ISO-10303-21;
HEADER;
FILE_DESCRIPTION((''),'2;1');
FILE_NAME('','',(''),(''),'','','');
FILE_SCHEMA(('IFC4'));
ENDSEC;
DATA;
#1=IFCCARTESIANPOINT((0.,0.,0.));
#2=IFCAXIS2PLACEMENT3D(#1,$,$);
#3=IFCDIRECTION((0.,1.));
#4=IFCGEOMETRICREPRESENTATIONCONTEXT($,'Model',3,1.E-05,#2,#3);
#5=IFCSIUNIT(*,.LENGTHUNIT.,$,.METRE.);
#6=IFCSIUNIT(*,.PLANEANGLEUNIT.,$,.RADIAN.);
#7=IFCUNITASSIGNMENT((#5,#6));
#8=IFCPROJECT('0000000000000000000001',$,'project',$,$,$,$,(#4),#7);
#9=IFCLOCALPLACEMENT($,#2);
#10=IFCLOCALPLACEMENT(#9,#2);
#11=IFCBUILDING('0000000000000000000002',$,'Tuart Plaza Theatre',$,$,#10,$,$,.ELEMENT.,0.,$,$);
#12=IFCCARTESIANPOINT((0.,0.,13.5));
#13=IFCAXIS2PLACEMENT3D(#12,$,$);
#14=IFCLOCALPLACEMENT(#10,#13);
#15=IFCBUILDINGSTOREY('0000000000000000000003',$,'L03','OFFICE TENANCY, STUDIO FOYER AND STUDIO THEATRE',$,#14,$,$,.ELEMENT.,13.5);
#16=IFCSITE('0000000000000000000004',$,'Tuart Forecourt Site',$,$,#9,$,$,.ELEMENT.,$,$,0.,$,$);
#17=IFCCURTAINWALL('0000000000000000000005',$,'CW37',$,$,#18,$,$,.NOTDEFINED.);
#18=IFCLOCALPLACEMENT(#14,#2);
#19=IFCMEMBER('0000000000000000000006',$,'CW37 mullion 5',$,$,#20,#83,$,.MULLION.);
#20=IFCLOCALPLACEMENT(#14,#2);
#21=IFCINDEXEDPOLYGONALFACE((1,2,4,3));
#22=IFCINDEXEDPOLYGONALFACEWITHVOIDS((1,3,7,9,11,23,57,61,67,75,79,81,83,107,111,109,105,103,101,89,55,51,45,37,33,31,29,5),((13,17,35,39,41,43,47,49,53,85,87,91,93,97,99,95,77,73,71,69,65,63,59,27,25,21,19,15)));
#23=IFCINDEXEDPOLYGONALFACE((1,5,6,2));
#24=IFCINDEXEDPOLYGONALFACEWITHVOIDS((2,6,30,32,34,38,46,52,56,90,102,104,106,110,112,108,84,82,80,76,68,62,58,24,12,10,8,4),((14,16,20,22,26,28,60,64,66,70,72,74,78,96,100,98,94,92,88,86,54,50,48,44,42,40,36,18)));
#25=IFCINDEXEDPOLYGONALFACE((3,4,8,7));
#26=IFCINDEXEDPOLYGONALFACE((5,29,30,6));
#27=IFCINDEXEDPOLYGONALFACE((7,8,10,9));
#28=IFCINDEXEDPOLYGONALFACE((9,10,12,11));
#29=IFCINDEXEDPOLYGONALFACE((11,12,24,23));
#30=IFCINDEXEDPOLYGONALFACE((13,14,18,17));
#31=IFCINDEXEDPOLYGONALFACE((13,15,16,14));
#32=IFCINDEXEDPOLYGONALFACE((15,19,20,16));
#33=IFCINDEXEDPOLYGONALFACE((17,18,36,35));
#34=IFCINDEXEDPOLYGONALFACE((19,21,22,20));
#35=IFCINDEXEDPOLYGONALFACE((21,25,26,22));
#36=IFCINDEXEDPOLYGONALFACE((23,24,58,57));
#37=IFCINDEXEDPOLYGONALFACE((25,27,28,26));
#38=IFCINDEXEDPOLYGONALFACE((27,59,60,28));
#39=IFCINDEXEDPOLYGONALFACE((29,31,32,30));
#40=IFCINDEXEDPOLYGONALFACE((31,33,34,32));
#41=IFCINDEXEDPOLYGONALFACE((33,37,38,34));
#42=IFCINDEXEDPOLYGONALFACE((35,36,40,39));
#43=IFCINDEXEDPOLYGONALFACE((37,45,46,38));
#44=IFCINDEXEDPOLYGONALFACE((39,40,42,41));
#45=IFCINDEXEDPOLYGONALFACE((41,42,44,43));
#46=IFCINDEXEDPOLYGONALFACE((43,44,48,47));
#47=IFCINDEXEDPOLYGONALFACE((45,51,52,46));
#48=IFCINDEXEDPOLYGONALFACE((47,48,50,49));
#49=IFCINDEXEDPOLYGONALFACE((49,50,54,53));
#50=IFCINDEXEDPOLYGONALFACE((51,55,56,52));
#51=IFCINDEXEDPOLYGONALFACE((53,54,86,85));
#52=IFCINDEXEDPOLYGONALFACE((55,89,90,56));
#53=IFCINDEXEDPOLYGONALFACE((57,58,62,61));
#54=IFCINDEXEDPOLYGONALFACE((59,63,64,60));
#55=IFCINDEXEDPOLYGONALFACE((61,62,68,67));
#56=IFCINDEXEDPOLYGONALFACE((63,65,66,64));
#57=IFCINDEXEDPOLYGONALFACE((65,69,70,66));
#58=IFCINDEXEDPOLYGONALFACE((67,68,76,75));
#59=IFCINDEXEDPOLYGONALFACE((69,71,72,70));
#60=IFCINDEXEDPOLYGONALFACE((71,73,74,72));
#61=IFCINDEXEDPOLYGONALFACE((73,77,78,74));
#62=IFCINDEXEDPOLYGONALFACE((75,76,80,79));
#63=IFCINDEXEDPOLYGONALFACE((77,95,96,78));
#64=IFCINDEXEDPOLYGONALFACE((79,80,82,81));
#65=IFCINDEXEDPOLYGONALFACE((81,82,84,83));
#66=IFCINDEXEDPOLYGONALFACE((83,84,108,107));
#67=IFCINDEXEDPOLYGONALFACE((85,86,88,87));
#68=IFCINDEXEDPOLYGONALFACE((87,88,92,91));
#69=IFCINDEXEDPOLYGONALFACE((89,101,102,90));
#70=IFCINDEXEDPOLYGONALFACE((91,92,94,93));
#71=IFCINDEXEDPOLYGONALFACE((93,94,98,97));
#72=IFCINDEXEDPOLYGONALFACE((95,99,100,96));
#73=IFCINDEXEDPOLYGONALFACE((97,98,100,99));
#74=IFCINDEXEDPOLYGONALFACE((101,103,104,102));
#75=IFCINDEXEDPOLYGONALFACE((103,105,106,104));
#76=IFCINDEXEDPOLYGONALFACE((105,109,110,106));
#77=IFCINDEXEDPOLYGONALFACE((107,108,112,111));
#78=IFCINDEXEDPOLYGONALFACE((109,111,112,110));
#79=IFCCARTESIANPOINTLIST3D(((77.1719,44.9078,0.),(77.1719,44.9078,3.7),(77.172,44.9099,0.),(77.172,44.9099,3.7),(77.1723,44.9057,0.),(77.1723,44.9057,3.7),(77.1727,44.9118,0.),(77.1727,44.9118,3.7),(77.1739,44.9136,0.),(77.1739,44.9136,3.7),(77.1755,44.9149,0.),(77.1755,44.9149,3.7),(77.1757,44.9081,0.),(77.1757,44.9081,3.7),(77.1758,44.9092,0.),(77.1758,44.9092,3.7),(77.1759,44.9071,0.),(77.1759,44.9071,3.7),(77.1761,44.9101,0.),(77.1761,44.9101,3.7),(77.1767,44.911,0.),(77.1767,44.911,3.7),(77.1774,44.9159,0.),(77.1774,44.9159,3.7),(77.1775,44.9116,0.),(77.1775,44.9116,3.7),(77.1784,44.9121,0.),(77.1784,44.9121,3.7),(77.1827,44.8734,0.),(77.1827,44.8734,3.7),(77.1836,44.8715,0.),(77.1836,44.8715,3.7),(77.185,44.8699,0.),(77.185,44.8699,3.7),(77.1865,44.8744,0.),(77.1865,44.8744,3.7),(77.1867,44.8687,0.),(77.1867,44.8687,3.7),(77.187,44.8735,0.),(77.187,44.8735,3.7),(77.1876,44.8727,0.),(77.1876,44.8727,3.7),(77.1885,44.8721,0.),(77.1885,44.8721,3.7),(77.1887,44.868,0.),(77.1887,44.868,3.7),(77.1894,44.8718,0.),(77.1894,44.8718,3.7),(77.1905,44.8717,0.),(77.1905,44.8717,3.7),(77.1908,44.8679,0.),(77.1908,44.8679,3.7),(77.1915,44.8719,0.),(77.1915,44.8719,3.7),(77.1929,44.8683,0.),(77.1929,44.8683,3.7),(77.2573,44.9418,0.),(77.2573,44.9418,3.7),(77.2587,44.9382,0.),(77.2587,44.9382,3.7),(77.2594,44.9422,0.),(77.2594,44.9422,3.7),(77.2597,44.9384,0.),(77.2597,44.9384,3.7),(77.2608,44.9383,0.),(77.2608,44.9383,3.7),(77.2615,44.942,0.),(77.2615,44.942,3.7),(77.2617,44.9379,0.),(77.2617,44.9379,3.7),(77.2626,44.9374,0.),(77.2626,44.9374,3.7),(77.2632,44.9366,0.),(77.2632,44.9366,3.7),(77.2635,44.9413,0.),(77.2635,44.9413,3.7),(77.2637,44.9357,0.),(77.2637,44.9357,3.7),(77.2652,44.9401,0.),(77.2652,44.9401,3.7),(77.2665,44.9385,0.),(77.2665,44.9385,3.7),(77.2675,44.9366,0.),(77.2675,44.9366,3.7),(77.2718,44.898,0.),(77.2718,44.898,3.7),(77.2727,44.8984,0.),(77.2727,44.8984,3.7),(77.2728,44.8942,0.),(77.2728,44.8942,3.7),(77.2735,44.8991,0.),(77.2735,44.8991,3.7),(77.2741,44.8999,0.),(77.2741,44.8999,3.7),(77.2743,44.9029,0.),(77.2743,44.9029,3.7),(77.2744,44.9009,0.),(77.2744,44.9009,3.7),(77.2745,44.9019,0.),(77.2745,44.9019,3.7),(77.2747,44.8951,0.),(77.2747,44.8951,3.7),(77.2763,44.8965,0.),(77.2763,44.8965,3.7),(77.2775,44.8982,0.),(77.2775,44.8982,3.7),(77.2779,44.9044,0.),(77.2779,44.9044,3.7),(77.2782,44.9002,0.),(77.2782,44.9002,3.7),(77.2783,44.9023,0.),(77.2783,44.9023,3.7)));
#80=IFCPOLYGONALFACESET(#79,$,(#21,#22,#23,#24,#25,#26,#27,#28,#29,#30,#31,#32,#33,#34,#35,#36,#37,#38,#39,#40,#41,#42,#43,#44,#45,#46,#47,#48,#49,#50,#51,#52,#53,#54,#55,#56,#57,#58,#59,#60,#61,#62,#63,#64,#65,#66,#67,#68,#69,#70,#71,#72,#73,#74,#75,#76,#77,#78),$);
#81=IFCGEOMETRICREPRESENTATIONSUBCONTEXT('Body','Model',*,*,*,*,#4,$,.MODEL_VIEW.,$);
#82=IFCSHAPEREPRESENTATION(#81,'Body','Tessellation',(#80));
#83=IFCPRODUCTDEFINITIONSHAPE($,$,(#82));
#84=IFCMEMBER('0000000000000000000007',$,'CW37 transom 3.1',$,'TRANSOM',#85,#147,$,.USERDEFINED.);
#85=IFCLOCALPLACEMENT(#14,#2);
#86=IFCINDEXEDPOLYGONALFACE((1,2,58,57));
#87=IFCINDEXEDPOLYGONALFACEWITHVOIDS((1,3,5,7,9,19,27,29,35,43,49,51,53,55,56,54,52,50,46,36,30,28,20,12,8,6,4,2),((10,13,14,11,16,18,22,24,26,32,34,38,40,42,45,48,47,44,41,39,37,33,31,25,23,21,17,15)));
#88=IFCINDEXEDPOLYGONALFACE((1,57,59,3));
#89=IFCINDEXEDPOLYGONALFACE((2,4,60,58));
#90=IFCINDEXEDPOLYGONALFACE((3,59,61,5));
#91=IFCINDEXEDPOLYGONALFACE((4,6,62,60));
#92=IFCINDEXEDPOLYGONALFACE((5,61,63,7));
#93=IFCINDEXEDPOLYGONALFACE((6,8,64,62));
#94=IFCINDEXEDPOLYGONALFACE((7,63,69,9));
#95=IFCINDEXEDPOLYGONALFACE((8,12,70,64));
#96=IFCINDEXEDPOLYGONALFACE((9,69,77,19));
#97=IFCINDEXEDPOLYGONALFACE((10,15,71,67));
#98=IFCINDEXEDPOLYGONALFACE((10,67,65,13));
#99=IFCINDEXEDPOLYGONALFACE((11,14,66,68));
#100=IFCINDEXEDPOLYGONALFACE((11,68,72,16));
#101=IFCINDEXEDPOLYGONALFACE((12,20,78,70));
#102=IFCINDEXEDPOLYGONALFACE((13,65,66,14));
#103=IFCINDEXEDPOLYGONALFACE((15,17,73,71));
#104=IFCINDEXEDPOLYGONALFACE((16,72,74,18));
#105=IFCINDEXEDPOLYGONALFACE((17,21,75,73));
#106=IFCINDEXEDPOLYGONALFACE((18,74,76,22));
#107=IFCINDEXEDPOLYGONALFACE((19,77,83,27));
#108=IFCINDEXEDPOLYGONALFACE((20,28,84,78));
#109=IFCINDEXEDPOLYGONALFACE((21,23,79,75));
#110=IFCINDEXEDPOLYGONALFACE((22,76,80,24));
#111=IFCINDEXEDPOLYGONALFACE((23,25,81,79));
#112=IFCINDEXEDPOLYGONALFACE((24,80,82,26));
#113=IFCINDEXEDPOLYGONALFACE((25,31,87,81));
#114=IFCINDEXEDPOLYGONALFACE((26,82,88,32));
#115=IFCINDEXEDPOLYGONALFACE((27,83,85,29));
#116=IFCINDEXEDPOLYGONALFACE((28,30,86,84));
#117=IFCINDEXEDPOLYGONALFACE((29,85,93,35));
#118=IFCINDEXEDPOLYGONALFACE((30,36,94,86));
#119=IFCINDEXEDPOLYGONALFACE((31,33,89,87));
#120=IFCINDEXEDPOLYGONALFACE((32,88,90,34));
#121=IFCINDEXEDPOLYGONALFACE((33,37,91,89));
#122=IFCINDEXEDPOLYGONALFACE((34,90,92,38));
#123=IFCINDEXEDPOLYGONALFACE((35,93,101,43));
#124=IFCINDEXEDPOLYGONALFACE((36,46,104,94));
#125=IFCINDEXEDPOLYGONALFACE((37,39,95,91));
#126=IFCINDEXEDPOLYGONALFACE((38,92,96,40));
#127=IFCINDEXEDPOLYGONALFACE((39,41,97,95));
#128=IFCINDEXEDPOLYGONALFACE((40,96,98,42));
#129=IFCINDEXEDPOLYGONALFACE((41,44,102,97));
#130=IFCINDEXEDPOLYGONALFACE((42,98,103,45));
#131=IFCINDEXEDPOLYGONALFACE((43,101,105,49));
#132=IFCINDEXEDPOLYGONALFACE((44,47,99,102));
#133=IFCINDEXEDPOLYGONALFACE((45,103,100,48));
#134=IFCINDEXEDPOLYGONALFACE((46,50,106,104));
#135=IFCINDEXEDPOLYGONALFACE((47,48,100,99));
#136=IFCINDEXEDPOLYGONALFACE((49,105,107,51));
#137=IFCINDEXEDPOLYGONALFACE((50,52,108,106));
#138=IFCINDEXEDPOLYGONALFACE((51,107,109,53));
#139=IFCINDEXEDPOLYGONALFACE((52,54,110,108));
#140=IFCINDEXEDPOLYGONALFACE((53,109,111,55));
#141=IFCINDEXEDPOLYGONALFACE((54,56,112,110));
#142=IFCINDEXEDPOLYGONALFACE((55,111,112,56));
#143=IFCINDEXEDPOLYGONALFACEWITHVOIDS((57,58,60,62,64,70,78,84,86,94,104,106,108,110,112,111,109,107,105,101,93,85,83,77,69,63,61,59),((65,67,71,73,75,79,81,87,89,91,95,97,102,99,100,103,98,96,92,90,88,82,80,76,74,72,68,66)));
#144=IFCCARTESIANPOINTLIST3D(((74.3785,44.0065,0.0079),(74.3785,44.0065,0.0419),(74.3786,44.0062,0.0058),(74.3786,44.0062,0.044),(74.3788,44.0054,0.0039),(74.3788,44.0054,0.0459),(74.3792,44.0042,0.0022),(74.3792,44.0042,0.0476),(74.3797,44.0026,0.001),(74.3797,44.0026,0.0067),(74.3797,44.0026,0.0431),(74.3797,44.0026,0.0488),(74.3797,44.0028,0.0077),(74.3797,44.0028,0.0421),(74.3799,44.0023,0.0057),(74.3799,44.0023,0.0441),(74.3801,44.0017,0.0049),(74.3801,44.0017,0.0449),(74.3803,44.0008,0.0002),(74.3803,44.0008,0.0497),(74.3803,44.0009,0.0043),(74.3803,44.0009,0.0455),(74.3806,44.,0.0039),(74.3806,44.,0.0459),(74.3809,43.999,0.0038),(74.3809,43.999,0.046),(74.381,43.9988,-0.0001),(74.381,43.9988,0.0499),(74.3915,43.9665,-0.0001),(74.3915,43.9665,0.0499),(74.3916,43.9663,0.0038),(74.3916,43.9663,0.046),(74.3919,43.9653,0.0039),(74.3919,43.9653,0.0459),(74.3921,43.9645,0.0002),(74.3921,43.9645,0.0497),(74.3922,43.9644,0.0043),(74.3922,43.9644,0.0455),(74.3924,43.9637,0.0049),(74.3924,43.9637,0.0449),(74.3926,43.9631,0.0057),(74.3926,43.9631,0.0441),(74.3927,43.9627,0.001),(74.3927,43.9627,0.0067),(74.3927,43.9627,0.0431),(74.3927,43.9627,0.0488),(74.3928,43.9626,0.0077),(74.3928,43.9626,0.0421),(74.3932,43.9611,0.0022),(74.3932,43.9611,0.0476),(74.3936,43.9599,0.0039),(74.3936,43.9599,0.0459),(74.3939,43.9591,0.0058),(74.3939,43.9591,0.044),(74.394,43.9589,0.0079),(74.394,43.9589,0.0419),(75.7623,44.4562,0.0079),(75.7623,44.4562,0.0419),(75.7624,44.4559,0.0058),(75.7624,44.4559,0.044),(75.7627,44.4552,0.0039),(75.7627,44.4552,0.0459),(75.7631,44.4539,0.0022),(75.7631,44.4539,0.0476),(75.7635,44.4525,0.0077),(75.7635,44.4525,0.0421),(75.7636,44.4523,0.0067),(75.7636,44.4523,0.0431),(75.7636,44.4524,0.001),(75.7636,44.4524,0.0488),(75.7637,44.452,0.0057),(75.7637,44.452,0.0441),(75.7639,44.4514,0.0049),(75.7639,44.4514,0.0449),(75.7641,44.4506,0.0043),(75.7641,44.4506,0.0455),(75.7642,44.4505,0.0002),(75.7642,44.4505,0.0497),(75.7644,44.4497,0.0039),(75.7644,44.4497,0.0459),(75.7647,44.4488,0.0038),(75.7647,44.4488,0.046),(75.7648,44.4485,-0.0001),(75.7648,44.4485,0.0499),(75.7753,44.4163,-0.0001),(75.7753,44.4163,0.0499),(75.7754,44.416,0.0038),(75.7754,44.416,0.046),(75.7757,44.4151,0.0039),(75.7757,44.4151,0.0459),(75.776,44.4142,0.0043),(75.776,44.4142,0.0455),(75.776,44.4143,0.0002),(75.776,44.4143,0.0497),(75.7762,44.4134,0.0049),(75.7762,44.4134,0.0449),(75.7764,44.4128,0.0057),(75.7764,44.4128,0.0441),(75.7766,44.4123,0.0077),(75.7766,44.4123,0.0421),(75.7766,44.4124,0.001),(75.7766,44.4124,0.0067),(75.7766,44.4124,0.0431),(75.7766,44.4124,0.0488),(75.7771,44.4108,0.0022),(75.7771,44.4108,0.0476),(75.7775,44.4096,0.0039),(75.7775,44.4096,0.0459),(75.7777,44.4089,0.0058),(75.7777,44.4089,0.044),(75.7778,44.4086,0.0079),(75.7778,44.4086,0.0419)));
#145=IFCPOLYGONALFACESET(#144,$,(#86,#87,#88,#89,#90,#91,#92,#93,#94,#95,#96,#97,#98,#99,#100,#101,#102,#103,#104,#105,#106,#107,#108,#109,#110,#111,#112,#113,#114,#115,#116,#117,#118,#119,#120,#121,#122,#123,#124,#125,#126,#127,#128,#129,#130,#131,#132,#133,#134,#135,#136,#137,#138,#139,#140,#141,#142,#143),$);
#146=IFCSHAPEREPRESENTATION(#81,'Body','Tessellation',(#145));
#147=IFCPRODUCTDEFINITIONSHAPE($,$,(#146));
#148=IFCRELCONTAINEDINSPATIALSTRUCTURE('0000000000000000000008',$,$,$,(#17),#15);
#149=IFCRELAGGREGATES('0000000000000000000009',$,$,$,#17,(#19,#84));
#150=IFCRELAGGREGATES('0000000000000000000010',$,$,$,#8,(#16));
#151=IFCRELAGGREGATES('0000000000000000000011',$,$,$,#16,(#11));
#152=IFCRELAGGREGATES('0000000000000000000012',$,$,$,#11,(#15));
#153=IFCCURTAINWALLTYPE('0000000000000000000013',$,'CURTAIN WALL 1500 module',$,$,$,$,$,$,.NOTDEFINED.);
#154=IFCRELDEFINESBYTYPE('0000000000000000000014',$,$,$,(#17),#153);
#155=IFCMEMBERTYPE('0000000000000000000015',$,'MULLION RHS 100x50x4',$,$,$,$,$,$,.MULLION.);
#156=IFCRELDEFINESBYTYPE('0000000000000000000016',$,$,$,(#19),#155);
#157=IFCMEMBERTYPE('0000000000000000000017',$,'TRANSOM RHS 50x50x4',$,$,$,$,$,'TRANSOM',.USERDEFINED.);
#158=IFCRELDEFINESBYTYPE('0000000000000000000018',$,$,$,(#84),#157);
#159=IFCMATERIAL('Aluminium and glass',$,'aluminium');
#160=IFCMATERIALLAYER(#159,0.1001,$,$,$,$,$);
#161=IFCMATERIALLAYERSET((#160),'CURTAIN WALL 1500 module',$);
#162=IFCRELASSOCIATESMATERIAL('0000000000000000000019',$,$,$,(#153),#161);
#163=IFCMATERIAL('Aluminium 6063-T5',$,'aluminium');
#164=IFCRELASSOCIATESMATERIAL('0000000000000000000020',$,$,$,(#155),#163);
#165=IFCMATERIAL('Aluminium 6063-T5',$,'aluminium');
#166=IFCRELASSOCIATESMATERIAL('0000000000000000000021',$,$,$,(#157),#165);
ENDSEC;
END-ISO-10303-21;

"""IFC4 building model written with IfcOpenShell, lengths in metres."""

from ifc_helpers import new_model, si_unit, direction, frame, origin, origin_2d, place, context, subcontext, project, spatial, hollow_rectangle, extrude, material, layer, layer_set, material_profile, profile_set, type_object, element, aggregate, save


model = new_model("IFC4")

# Units and contexts
model_context = context("Model", 3, precision=1e-05, world=origin(), true_north=direction((0.0, 1.0)))
body_context = subcontext(model_context, "Body", "Model", "MODEL_VIEW")
ifc_project = project(units=[si_unit("LENGTHUNIT", "METRE"), si_unit("PLANEANGLEUNIT", "RADIAN")], contexts=[model_context])

# Site, building, storey
site_placement = place(None, origin())
site = spatial("IfcSite", under=ifc_project, at=site_placement, Name="Tuart Forecourt Site", CompositionType="ELEMENT", RefElevation=0.0)
building_placement = place(site_placement, origin())
building = spatial("IfcBuilding", under=site, at=building_placement, Name="Tuart Plaza Theatre", CompositionType="ELEMENT", ElevationOfRefHeight=0.0)
storey_placement = place(building_placement, frame((0.0, 0.0, 13.5)))
storey = spatial("IfcBuildingStorey", under=building, at=storey_placement, Name="L03", Description="OFFICE TENANCY, STUDIO FOYER AND STUDIO THEATRE", CompositionType="ELEMENT", Elevation=13.5)

# Curtain wall, members
ifc_material_1 = material(Name="Aluminium and glass", Category="aluminium")
ifc_layer_1 = layer(ifc_material_1, 0.1001)
ifc_layer_set_1 = layer_set([ifc_layer_1], Name="CURTAIN WALL 1500 module")
curtain_wall_type = type_object("IfcCurtainWallType", Name="CURTAIN WALL 1500 module", PredefinedType="NOTDEFINED", material=ifc_layer_set_1)
curtain_wall_placement = place(storey_placement, origin())
curtain_wall = element("IfcCurtainWall", 1, at=curtain_wall_placement, inside=storey, type_object=curtain_wall_type, Name="CW37", PredefinedType="NOTDEFINED")
ifc_material_2 = material(Name="Aluminium 6063-T5", Category="aluminium")
ifc_material_profile_1 = material_profile(ifc_material_2, hollow_rectangle(XDim=0.05, YDim=0.1001, WallThickness=0.0039, InnerFilletRadius=0.0039, OuterFilletRadius=0.0081, at=origin_2d()), Name="RHS 100x50x4")
ifc_profile_set_1 = profile_set([ifc_material_profile_1], Name="Aluminium 6063-T5")
member_type_1 = type_object("IfcMemberType", Name="MULLION RHS 100x50x4", PredefinedType="MULLION", material=ifc_profile_set_1)
member_1_placement = place(storey_placement, frame((77.2251, 44.905, 0.0), z_axis=(0.0, 0.0, 1.0), x_axis=(-0.308986, 0.951067, 0.0)))
member_1 = element("IfcMember", 2, at=member_1_placement, type_object=member_type_1, Name="CW37 mullion 5", PredefinedType="MULLION", context=body_context, shape_type="SweptSolid", body=[
    extrude(hollow_rectangle(XDim=0.05, YDim=0.1001, WallThickness=0.0039, InnerFilletRadius=0.0039, OuterFilletRadius=0.0081, at=origin_2d()), origin(), (0.0, 0.0, 1.0), 3.7),
])
ifc_material_3 = material(Name="Aluminium 6063-T5", Category="aluminium")
ifc_material_profile_2 = material_profile(ifc_material_3, hollow_rectangle(XDim=0.05, YDim=0.05, WallThickness=0.0039, InnerFilletRadius=0.0039, OuterFilletRadius=0.0081, at=origin_2d()), Name="RHS 50x50x4")
ifc_profile_set_2 = profile_set([ifc_material_profile_2], Name="Aluminium 6063-T5")
member_type_2 = type_object("IfcMemberType", Name="TRANSOM RHS 50x50x4", ElementType="TRANSOM", PredefinedType="USERDEFINED", material=ifc_profile_set_2)
member_2_placement = place(storey_placement, frame((74.3862, 43.9827, 0.0249), z_axis=(0.951039, 0.309071, 0.0), x_axis=(-0.309071, 0.951039, 0.0)))
member_2 = element("IfcMember", 3, at=member_2_placement, type_object=member_type_2, Name="CW37 transom 3.1", ObjectType="TRANSOM", PredefinedType="USERDEFINED", context=body_context, shape_type="SweptSolid", body=[
    extrude(hollow_rectangle(XDim=0.05, YDim=0.05, WallThickness=0.0039, InnerFilletRadius=0.0039, OuterFilletRadius=0.0081, at=origin_2d()), origin(), (0.0, 0.0, 1.0), 1.4551),
])
aggregate(curtain_wall, [member_1, member_2])

save(model, "model.ifc")
